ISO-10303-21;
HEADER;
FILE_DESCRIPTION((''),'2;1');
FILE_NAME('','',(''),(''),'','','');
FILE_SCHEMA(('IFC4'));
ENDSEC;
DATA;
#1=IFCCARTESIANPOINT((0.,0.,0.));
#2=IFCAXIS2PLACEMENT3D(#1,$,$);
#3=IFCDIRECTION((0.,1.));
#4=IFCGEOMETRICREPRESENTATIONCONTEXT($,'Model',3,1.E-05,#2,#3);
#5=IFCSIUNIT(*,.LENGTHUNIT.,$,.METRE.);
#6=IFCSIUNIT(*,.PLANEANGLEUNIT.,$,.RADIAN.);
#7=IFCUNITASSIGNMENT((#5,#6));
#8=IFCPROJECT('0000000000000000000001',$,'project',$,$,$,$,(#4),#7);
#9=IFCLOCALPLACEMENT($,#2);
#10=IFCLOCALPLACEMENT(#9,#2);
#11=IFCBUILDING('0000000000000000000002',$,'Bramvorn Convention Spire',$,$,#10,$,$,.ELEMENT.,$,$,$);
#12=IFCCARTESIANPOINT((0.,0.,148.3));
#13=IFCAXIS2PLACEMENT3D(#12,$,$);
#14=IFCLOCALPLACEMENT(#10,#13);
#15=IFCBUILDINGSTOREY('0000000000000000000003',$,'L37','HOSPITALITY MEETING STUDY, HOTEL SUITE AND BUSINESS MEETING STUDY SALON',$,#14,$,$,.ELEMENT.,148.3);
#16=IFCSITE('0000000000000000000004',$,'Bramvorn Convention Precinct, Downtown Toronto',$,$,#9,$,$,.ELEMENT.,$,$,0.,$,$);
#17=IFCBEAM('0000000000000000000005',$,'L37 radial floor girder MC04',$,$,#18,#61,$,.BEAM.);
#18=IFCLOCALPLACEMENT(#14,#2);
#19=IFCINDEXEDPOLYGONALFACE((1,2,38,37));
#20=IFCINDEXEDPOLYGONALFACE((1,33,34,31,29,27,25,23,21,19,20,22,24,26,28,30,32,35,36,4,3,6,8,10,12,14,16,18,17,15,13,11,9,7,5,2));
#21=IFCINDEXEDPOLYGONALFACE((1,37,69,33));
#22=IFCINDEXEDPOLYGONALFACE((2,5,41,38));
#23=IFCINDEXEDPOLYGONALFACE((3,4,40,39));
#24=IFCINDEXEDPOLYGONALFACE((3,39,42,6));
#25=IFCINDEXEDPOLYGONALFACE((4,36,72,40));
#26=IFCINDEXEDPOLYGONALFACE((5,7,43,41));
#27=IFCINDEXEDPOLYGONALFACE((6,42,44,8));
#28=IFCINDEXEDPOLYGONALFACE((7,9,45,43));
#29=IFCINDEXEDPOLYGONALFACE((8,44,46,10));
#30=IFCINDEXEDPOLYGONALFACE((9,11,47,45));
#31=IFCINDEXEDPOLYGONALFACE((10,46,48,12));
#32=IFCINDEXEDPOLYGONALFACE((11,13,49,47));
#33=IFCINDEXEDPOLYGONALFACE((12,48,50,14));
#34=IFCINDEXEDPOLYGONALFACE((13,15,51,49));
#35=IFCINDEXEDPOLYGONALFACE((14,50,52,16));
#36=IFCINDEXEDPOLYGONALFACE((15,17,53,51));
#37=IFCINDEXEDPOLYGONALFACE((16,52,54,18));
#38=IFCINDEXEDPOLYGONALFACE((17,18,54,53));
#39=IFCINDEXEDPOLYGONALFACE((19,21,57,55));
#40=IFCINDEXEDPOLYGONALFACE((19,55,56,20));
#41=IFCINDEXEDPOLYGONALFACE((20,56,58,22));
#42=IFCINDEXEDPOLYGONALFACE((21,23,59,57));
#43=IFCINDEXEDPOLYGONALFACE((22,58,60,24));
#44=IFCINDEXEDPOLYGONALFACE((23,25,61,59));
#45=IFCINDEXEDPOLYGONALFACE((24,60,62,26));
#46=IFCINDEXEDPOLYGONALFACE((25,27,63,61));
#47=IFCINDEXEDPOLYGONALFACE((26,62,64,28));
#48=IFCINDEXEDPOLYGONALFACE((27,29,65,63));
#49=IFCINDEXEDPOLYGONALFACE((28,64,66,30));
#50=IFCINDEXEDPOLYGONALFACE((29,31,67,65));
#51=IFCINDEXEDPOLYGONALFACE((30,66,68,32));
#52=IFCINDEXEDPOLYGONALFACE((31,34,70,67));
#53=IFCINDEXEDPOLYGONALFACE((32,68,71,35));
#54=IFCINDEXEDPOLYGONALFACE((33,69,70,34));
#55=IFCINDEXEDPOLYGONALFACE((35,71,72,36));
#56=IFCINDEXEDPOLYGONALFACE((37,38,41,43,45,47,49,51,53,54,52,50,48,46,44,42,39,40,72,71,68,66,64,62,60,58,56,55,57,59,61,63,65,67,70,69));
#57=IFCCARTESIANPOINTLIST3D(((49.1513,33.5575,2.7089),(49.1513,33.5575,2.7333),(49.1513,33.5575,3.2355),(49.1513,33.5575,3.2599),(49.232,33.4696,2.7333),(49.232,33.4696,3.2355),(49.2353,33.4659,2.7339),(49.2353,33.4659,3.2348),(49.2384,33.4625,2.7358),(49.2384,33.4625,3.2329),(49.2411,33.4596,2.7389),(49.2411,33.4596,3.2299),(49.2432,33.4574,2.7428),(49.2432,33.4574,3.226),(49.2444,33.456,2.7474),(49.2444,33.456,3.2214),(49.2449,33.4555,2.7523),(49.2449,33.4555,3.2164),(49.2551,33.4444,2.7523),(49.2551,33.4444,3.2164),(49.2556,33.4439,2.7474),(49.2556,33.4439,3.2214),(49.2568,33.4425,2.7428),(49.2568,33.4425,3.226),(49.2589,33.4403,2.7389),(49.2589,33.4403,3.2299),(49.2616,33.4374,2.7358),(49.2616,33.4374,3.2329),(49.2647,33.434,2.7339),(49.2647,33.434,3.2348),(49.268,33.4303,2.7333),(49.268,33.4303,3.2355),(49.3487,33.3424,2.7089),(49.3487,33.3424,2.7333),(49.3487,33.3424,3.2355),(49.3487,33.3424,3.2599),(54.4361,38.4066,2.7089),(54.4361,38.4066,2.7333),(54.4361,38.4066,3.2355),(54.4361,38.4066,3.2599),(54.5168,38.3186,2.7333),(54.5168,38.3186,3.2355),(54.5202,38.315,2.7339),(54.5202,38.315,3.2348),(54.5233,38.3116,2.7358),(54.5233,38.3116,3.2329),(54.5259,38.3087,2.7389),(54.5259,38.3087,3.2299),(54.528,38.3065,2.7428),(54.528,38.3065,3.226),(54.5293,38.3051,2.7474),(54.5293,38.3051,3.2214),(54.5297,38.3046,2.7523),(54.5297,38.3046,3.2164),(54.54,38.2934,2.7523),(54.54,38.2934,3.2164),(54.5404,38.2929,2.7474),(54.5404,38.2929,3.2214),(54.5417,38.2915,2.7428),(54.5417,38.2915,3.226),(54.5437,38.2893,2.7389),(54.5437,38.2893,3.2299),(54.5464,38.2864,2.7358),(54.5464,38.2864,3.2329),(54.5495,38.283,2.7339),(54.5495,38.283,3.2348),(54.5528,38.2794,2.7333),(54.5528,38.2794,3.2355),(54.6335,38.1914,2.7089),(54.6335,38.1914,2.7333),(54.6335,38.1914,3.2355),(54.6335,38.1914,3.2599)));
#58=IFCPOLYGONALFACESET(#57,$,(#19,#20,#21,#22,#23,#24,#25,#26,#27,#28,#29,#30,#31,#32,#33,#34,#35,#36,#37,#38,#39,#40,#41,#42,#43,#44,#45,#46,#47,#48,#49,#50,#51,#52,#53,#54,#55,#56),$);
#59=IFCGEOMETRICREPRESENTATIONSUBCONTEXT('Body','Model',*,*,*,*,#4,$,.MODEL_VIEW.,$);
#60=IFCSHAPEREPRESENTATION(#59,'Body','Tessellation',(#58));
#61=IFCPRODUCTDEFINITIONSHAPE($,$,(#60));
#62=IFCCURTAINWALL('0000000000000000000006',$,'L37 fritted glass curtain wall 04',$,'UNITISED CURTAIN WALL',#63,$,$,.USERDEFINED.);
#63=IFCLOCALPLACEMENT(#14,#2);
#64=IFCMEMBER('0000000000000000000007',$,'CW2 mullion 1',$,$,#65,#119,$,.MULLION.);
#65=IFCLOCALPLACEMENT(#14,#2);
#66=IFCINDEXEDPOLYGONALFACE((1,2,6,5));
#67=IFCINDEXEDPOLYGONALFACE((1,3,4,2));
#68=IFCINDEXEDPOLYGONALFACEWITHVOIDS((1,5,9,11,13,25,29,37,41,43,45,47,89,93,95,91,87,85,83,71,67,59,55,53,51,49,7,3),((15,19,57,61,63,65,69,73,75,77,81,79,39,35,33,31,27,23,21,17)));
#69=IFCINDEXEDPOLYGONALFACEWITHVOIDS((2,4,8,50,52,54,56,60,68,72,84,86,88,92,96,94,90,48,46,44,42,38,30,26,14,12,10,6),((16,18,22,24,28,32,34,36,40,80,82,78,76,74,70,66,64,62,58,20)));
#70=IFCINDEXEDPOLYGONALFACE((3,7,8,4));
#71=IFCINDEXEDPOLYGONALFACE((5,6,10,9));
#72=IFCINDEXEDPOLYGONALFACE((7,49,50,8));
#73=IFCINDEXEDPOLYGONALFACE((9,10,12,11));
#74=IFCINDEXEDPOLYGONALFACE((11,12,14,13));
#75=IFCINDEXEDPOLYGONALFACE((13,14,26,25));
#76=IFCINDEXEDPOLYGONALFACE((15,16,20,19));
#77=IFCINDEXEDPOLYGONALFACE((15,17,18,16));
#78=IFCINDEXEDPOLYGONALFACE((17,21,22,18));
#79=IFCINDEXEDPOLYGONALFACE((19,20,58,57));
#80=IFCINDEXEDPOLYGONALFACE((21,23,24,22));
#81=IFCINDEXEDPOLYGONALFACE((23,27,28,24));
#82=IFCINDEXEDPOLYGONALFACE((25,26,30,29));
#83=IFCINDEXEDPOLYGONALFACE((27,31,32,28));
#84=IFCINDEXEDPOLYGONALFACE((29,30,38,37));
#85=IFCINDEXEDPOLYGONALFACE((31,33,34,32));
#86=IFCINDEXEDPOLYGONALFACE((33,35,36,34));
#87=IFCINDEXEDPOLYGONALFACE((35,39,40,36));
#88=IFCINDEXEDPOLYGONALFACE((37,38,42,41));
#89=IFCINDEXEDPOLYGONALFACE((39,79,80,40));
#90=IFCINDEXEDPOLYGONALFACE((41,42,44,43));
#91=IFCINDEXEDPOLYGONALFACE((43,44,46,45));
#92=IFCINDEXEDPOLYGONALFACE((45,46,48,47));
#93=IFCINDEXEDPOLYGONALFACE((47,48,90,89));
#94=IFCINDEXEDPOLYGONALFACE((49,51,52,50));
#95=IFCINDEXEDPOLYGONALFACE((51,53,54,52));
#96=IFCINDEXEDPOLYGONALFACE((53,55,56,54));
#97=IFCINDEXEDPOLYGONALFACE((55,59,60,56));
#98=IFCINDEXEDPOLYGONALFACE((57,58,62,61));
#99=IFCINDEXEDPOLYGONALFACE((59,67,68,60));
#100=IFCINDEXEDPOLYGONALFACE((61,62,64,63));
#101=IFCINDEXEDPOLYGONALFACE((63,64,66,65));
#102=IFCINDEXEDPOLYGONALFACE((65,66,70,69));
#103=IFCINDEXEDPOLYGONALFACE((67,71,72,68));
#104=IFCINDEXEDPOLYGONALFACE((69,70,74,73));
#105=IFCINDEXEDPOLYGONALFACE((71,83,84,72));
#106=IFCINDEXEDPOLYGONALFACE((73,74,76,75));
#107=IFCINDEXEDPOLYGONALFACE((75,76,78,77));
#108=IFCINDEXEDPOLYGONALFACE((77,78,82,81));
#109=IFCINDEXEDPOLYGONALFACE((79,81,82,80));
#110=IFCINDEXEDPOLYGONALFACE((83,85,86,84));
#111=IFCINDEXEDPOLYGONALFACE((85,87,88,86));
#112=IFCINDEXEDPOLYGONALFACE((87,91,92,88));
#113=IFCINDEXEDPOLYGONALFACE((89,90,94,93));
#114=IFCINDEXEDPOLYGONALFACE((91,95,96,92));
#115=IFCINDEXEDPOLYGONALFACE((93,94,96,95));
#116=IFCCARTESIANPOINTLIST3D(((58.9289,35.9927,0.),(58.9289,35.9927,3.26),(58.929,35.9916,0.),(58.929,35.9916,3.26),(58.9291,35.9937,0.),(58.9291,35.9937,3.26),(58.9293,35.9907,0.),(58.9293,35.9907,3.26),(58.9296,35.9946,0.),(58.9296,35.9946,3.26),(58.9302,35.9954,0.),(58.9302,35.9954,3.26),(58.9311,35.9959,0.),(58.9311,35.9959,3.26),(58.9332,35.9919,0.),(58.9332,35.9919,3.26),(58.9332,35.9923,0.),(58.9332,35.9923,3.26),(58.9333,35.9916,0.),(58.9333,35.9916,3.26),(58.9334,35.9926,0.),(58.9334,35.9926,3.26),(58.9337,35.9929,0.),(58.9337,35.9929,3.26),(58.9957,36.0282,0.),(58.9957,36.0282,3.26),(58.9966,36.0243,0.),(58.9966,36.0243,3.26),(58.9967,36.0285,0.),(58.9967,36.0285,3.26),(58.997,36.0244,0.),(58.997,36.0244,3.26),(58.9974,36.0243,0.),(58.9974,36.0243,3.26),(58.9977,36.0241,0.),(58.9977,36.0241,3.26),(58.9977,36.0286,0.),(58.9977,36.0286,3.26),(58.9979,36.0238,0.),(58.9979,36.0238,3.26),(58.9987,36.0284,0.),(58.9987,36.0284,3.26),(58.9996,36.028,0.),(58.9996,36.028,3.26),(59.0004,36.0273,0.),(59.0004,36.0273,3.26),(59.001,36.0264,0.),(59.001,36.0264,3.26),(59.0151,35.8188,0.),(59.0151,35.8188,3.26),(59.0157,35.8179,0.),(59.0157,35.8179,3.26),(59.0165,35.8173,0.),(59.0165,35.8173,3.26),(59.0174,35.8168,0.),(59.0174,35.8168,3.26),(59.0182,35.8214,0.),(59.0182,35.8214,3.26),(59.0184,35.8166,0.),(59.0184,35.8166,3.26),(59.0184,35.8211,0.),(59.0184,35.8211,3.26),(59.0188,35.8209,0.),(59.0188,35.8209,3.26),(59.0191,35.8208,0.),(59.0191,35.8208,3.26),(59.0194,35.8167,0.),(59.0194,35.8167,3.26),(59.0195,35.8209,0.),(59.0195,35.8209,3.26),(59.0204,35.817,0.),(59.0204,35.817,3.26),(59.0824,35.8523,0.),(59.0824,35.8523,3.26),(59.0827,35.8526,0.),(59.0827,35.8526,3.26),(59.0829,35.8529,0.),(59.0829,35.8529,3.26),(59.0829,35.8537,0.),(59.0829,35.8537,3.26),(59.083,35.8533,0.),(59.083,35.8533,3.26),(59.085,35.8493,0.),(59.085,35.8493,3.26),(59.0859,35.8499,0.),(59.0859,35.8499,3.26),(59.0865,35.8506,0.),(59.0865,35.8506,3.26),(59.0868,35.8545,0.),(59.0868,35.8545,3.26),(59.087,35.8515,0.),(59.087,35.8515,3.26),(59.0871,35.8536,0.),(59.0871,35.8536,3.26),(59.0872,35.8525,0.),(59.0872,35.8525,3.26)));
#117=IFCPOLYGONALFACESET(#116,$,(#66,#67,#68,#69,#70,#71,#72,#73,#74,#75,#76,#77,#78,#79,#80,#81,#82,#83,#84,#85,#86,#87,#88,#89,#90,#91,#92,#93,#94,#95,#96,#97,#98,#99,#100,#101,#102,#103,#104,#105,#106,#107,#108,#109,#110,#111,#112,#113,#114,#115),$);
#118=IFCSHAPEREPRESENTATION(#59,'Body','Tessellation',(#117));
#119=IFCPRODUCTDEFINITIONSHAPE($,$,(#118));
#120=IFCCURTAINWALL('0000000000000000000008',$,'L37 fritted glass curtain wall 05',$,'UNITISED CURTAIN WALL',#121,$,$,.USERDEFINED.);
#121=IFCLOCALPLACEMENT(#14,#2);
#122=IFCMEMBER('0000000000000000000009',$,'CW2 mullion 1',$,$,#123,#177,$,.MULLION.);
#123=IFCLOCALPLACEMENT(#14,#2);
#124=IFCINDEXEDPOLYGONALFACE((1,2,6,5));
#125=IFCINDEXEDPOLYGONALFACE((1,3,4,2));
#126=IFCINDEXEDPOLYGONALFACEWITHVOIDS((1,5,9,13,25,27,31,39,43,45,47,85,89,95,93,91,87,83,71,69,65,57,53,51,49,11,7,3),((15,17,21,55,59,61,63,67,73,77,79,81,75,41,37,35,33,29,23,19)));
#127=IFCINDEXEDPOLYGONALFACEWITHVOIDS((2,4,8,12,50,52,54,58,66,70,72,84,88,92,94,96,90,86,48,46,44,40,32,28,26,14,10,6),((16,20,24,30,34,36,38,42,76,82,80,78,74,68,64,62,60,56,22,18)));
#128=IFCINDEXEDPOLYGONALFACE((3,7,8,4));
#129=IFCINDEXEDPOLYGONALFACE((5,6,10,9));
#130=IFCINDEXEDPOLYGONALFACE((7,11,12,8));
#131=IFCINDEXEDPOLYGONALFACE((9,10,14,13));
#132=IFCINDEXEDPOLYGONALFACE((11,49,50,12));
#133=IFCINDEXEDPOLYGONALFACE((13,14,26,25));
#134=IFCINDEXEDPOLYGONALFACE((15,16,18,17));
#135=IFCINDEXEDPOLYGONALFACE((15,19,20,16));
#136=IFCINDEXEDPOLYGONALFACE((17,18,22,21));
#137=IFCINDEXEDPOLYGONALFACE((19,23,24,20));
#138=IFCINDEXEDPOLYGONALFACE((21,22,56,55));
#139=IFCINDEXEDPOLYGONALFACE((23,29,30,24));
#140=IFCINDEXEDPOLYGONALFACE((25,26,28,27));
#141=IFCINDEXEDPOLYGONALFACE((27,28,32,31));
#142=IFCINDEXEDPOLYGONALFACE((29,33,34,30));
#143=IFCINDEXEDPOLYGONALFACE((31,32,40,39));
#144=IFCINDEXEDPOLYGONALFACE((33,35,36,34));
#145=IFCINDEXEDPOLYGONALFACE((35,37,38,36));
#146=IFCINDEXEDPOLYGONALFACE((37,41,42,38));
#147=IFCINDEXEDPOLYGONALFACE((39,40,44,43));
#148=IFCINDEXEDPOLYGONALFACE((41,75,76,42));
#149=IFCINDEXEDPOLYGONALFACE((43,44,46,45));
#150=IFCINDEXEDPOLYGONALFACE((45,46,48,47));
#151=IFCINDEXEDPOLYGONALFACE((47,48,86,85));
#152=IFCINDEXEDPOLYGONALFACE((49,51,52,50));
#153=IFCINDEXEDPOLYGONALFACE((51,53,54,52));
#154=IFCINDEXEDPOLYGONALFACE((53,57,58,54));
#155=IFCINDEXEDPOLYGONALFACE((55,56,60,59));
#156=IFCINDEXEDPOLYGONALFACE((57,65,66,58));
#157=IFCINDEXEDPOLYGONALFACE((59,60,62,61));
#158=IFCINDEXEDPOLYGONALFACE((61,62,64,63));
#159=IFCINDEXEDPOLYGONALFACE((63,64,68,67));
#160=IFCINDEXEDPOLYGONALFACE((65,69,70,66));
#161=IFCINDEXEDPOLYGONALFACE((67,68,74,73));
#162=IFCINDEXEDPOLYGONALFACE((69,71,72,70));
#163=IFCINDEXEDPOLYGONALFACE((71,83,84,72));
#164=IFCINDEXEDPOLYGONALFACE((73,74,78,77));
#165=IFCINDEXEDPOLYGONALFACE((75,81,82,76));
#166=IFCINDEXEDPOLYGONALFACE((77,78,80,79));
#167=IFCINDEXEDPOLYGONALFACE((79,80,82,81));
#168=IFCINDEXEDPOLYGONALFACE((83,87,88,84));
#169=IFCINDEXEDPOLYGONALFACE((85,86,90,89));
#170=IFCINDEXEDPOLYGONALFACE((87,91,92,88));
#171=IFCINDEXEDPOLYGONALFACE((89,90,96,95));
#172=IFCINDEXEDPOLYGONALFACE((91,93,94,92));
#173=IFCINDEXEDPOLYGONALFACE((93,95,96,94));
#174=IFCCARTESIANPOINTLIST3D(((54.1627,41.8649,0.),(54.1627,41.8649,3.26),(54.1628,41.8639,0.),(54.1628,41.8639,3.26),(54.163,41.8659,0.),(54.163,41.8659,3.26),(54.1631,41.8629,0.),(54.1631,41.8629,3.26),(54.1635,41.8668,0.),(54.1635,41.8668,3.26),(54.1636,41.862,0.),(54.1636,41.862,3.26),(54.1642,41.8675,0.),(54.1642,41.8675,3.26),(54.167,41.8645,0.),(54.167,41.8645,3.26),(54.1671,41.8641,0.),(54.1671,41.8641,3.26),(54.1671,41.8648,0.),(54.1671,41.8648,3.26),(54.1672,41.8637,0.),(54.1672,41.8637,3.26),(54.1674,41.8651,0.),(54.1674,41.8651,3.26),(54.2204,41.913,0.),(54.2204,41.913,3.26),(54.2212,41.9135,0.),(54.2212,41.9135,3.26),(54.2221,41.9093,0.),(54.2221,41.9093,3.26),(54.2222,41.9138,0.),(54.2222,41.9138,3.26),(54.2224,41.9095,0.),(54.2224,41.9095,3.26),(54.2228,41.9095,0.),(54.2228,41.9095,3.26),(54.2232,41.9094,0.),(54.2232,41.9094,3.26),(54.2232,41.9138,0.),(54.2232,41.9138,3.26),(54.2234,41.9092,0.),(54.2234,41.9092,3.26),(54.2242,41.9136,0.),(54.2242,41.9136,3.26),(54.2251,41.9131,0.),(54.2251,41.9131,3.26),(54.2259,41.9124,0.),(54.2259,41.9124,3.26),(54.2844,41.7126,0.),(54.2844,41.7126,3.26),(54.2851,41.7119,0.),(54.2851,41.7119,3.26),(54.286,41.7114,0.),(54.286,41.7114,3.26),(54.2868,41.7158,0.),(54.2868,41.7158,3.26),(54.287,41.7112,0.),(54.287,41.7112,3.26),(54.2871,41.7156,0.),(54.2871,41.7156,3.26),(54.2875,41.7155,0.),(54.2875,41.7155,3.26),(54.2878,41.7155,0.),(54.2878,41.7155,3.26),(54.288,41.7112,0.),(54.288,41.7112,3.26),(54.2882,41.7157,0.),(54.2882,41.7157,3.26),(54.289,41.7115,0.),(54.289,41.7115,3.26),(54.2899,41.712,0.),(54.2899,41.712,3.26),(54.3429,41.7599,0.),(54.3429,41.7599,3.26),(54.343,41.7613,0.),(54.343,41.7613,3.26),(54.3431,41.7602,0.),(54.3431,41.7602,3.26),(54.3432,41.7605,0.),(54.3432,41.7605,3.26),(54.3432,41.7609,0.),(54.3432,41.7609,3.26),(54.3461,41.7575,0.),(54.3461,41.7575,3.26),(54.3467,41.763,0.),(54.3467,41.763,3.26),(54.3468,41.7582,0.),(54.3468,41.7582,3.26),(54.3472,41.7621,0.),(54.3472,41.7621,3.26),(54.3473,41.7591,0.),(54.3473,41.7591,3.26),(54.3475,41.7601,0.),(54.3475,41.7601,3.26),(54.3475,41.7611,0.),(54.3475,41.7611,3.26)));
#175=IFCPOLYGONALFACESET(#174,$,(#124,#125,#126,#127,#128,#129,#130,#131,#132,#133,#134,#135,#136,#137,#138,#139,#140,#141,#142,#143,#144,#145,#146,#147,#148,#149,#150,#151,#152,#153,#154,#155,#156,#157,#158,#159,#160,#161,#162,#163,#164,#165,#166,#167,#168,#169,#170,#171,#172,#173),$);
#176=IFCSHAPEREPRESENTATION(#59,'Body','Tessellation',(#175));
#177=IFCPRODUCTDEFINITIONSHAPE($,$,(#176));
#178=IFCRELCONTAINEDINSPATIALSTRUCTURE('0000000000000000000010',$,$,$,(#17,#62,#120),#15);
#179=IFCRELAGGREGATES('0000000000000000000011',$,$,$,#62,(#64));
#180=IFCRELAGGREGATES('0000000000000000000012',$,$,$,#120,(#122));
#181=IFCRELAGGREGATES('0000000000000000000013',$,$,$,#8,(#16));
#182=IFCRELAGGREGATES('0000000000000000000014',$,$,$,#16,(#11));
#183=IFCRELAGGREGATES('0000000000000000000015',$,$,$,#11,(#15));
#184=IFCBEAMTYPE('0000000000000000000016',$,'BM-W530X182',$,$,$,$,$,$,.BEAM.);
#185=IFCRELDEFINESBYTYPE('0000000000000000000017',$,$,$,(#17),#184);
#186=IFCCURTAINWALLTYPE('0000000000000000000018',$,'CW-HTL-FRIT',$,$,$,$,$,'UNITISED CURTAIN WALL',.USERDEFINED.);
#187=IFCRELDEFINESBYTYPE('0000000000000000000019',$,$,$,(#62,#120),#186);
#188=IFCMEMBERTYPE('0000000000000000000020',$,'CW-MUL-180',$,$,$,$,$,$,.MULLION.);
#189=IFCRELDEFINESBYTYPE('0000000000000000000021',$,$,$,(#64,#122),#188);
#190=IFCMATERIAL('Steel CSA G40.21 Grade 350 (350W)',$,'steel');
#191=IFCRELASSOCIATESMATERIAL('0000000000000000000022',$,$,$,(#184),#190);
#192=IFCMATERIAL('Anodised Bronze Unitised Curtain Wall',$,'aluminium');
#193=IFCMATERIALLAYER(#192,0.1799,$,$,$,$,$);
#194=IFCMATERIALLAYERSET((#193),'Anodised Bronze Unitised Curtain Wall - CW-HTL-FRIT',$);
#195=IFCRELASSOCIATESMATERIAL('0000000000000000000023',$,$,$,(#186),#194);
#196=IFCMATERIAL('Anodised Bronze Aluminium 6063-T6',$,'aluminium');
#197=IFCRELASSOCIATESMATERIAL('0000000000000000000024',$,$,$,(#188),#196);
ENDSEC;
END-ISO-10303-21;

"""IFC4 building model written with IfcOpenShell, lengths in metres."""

from ifc_helpers import new_model, si_unit, direction, frame, origin, origin_2d, place, context, subcontext, project, spatial, hollow_rectangle, i_section, extrude, material, layer, layer_set, material_profile, profile_set, type_object, element, aggregate, save


model = new_model("IFC4")

# Units and contexts
model_context = context("Model", 3, precision=1e-05, world=origin(), true_north=direction((0.0, 1.0)))
body_context = subcontext(model_context, "Body", "Model", "MODEL_VIEW")
ifc_project = project(units=[si_unit("LENGTHUNIT", "METRE"), si_unit("PLANEANGLEUNIT", "RADIAN")], contexts=[model_context])

# Site, building, storey
site_placement = place(None, origin())
site = spatial("IfcSite", under=ifc_project, at=site_placement, Name="Bramvorn Convention Precinct, Downtown Toronto", CompositionType="ELEMENT", RefElevation=0.0)
building_placement = place(site_placement, origin())
building = spatial("IfcBuilding", under=site, at=building_placement, Name="Bramvorn Convention Spire", CompositionType="ELEMENT")
storey_placement = place(building_placement, frame((0.0, 0.0, 148.3)))
storey = spatial("IfcBuildingStorey", under=building, at=storey_placement, Name="L37", Description="HOSPITALITY MEETING STUDY, HOTEL SUITE AND BUSINESS MEETING STUDY SALON", CompositionType="ELEMENT", Elevation=148.3)

# Shared definitions
ifc_material_1 = material(Name="Steel CSA G40.21 Grade 350 (350W)", Category="steel")

# Beam
ifc_material_profile_1 = material_profile(ifc_material_1, i_section(OverallWidth=0.292, OverallDepth=0.551, WebThickness=0.0151, FlangeThickness=0.0244, FilletRadius=0.019, at=origin_2d()))
ifc_profile_set_1 = profile_set([ifc_material_profile_1], Name="Steel CSA G40.21 Grade 350 (350W) - W530X182")
beam_type_1 = type_object("IfcBeamType", Name="BM-W530X182", PredefinedType="BEAM", material=ifc_profile_set_1)
beam_1_placement = place(storey_placement, frame((49.25, 33.45, 2.9844), z_axis=(0.736833, 0.676074, 0.0), x_axis=(-0.676074, 0.736833, 0.0)))
element("IfcBeam", 1, at=beam_1_placement, inside=storey, type_object=beam_type_1, Name="L37 radial floor girder MC04", PredefinedType="BEAM", context=body_context, shape_type="SweptSolid", body=[
    extrude(i_section(OverallWidth=0.292, OverallDepth=0.551, WebThickness=0.0151, FlangeThickness=0.0244, FilletRadius=0.019, at=origin_2d()), origin(), (0.0, 0.0, 1.0), 7.1724),
])

# Curtain wall, member
ifc_material_2 = material(Name="Anodised Bronze Unitised Curtain Wall", Category="aluminium")
ifc_layer_1 = layer(ifc_material_2, 0.1799)
ifc_layer_set_1 = layer_set([ifc_layer_1], Name="Anodised Bronze Unitised Curtain Wall - CW-HTL-FRIT")
curtain_wall_type = type_object("IfcCurtainWallType", Name="CW-HTL-FRIT", ElementType="UNITISED CURTAIN WALL", PredefinedType="USERDEFINED", material=ifc_layer_set_1)
curtain_wall_1_placement = place(storey_placement, origin())
curtain_wall_1 = element("IfcCurtainWall", 2, at=curtain_wall_1_placement, inside=storey, type_object=curtain_wall_type, Name="L37 fritted glass curtain wall 04", ObjectType="UNITISED CURTAIN WALL", PredefinedType="USERDEFINED")
ifc_material_3 = material(Name="Anodised Bronze Aluminium 6063-T6", Category="aluminium")
ifc_material_profile_2 = material_profile(ifc_material_3, hollow_rectangle(XDim=0.0801, YDim=0.2, WallThickness=0.0039, InnerFilletRadius=0.001, OuterFilletRadius=0.0039, at=origin_2d()))
ifc_profile_set_2 = profile_set([ifc_material_profile_2], Name="Anodised Bronze Aluminium 6063-T6 - CWM80X200")
member_type_1 = type_object("IfcMemberType", Name="CW-MUL-180", PredefinedType="MULLION", material=ifc_profile_set_2)
member_1_placement = place(storey_placement, frame((59.0081, 35.9226, 0.0), z_axis=(0.0, 0.0, 1.0), x_axis=(0.894748, 0.446572, 0.0)))
member_1 = element("IfcMember", 3, at=member_1_placement, type_object=member_type_1, Name="CW2 mullion 1", PredefinedType="MULLION", context=body_context, shape_type="SweptSolid", body=[
    extrude(hollow_rectangle(XDim=0.0801, YDim=0.2, WallThickness=0.0039, InnerFilletRadius=0.001, OuterFilletRadius=0.0039, at=origin_2d()), origin(), (0.0, 0.0, 1.0), 3.26),
])

# Curtain wall, member
curtain_wall_2_placement = place(storey_placement, origin())
curtain_wall_2 = element("IfcCurtainWall", 4, at=curtain_wall_2_placement, inside=storey, type_object=curtain_wall_type, Name="L37 fritted glass curtain wall 05", ObjectType="UNITISED CURTAIN WALL", PredefinedType="USERDEFINED")
member_2_placement = place(storey_placement, frame((54.2551, 41.8125, 0.0), z_axis=(0.0, 0.0, 1.0), x_axis=(0.777688, 0.62865, 0.0)))
member_2 = element("IfcMember", 5, at=member_2_placement, type_object=member_type_1, Name="CW2 mullion 1", PredefinedType="MULLION", context=body_context, shape_type="SweptSolid", body=[
    extrude(hollow_rectangle(XDim=0.0801, YDim=0.2, WallThickness=0.0039, InnerFilletRadius=0.001, OuterFilletRadius=0.0039, at=origin_2d()), origin(), (0.0, 0.0, 1.0), 3.26),
])

aggregate(curtain_wall_1, [member_1])

aggregate(curtain_wall_2, [member_2])

save(model, "model.ifc")
